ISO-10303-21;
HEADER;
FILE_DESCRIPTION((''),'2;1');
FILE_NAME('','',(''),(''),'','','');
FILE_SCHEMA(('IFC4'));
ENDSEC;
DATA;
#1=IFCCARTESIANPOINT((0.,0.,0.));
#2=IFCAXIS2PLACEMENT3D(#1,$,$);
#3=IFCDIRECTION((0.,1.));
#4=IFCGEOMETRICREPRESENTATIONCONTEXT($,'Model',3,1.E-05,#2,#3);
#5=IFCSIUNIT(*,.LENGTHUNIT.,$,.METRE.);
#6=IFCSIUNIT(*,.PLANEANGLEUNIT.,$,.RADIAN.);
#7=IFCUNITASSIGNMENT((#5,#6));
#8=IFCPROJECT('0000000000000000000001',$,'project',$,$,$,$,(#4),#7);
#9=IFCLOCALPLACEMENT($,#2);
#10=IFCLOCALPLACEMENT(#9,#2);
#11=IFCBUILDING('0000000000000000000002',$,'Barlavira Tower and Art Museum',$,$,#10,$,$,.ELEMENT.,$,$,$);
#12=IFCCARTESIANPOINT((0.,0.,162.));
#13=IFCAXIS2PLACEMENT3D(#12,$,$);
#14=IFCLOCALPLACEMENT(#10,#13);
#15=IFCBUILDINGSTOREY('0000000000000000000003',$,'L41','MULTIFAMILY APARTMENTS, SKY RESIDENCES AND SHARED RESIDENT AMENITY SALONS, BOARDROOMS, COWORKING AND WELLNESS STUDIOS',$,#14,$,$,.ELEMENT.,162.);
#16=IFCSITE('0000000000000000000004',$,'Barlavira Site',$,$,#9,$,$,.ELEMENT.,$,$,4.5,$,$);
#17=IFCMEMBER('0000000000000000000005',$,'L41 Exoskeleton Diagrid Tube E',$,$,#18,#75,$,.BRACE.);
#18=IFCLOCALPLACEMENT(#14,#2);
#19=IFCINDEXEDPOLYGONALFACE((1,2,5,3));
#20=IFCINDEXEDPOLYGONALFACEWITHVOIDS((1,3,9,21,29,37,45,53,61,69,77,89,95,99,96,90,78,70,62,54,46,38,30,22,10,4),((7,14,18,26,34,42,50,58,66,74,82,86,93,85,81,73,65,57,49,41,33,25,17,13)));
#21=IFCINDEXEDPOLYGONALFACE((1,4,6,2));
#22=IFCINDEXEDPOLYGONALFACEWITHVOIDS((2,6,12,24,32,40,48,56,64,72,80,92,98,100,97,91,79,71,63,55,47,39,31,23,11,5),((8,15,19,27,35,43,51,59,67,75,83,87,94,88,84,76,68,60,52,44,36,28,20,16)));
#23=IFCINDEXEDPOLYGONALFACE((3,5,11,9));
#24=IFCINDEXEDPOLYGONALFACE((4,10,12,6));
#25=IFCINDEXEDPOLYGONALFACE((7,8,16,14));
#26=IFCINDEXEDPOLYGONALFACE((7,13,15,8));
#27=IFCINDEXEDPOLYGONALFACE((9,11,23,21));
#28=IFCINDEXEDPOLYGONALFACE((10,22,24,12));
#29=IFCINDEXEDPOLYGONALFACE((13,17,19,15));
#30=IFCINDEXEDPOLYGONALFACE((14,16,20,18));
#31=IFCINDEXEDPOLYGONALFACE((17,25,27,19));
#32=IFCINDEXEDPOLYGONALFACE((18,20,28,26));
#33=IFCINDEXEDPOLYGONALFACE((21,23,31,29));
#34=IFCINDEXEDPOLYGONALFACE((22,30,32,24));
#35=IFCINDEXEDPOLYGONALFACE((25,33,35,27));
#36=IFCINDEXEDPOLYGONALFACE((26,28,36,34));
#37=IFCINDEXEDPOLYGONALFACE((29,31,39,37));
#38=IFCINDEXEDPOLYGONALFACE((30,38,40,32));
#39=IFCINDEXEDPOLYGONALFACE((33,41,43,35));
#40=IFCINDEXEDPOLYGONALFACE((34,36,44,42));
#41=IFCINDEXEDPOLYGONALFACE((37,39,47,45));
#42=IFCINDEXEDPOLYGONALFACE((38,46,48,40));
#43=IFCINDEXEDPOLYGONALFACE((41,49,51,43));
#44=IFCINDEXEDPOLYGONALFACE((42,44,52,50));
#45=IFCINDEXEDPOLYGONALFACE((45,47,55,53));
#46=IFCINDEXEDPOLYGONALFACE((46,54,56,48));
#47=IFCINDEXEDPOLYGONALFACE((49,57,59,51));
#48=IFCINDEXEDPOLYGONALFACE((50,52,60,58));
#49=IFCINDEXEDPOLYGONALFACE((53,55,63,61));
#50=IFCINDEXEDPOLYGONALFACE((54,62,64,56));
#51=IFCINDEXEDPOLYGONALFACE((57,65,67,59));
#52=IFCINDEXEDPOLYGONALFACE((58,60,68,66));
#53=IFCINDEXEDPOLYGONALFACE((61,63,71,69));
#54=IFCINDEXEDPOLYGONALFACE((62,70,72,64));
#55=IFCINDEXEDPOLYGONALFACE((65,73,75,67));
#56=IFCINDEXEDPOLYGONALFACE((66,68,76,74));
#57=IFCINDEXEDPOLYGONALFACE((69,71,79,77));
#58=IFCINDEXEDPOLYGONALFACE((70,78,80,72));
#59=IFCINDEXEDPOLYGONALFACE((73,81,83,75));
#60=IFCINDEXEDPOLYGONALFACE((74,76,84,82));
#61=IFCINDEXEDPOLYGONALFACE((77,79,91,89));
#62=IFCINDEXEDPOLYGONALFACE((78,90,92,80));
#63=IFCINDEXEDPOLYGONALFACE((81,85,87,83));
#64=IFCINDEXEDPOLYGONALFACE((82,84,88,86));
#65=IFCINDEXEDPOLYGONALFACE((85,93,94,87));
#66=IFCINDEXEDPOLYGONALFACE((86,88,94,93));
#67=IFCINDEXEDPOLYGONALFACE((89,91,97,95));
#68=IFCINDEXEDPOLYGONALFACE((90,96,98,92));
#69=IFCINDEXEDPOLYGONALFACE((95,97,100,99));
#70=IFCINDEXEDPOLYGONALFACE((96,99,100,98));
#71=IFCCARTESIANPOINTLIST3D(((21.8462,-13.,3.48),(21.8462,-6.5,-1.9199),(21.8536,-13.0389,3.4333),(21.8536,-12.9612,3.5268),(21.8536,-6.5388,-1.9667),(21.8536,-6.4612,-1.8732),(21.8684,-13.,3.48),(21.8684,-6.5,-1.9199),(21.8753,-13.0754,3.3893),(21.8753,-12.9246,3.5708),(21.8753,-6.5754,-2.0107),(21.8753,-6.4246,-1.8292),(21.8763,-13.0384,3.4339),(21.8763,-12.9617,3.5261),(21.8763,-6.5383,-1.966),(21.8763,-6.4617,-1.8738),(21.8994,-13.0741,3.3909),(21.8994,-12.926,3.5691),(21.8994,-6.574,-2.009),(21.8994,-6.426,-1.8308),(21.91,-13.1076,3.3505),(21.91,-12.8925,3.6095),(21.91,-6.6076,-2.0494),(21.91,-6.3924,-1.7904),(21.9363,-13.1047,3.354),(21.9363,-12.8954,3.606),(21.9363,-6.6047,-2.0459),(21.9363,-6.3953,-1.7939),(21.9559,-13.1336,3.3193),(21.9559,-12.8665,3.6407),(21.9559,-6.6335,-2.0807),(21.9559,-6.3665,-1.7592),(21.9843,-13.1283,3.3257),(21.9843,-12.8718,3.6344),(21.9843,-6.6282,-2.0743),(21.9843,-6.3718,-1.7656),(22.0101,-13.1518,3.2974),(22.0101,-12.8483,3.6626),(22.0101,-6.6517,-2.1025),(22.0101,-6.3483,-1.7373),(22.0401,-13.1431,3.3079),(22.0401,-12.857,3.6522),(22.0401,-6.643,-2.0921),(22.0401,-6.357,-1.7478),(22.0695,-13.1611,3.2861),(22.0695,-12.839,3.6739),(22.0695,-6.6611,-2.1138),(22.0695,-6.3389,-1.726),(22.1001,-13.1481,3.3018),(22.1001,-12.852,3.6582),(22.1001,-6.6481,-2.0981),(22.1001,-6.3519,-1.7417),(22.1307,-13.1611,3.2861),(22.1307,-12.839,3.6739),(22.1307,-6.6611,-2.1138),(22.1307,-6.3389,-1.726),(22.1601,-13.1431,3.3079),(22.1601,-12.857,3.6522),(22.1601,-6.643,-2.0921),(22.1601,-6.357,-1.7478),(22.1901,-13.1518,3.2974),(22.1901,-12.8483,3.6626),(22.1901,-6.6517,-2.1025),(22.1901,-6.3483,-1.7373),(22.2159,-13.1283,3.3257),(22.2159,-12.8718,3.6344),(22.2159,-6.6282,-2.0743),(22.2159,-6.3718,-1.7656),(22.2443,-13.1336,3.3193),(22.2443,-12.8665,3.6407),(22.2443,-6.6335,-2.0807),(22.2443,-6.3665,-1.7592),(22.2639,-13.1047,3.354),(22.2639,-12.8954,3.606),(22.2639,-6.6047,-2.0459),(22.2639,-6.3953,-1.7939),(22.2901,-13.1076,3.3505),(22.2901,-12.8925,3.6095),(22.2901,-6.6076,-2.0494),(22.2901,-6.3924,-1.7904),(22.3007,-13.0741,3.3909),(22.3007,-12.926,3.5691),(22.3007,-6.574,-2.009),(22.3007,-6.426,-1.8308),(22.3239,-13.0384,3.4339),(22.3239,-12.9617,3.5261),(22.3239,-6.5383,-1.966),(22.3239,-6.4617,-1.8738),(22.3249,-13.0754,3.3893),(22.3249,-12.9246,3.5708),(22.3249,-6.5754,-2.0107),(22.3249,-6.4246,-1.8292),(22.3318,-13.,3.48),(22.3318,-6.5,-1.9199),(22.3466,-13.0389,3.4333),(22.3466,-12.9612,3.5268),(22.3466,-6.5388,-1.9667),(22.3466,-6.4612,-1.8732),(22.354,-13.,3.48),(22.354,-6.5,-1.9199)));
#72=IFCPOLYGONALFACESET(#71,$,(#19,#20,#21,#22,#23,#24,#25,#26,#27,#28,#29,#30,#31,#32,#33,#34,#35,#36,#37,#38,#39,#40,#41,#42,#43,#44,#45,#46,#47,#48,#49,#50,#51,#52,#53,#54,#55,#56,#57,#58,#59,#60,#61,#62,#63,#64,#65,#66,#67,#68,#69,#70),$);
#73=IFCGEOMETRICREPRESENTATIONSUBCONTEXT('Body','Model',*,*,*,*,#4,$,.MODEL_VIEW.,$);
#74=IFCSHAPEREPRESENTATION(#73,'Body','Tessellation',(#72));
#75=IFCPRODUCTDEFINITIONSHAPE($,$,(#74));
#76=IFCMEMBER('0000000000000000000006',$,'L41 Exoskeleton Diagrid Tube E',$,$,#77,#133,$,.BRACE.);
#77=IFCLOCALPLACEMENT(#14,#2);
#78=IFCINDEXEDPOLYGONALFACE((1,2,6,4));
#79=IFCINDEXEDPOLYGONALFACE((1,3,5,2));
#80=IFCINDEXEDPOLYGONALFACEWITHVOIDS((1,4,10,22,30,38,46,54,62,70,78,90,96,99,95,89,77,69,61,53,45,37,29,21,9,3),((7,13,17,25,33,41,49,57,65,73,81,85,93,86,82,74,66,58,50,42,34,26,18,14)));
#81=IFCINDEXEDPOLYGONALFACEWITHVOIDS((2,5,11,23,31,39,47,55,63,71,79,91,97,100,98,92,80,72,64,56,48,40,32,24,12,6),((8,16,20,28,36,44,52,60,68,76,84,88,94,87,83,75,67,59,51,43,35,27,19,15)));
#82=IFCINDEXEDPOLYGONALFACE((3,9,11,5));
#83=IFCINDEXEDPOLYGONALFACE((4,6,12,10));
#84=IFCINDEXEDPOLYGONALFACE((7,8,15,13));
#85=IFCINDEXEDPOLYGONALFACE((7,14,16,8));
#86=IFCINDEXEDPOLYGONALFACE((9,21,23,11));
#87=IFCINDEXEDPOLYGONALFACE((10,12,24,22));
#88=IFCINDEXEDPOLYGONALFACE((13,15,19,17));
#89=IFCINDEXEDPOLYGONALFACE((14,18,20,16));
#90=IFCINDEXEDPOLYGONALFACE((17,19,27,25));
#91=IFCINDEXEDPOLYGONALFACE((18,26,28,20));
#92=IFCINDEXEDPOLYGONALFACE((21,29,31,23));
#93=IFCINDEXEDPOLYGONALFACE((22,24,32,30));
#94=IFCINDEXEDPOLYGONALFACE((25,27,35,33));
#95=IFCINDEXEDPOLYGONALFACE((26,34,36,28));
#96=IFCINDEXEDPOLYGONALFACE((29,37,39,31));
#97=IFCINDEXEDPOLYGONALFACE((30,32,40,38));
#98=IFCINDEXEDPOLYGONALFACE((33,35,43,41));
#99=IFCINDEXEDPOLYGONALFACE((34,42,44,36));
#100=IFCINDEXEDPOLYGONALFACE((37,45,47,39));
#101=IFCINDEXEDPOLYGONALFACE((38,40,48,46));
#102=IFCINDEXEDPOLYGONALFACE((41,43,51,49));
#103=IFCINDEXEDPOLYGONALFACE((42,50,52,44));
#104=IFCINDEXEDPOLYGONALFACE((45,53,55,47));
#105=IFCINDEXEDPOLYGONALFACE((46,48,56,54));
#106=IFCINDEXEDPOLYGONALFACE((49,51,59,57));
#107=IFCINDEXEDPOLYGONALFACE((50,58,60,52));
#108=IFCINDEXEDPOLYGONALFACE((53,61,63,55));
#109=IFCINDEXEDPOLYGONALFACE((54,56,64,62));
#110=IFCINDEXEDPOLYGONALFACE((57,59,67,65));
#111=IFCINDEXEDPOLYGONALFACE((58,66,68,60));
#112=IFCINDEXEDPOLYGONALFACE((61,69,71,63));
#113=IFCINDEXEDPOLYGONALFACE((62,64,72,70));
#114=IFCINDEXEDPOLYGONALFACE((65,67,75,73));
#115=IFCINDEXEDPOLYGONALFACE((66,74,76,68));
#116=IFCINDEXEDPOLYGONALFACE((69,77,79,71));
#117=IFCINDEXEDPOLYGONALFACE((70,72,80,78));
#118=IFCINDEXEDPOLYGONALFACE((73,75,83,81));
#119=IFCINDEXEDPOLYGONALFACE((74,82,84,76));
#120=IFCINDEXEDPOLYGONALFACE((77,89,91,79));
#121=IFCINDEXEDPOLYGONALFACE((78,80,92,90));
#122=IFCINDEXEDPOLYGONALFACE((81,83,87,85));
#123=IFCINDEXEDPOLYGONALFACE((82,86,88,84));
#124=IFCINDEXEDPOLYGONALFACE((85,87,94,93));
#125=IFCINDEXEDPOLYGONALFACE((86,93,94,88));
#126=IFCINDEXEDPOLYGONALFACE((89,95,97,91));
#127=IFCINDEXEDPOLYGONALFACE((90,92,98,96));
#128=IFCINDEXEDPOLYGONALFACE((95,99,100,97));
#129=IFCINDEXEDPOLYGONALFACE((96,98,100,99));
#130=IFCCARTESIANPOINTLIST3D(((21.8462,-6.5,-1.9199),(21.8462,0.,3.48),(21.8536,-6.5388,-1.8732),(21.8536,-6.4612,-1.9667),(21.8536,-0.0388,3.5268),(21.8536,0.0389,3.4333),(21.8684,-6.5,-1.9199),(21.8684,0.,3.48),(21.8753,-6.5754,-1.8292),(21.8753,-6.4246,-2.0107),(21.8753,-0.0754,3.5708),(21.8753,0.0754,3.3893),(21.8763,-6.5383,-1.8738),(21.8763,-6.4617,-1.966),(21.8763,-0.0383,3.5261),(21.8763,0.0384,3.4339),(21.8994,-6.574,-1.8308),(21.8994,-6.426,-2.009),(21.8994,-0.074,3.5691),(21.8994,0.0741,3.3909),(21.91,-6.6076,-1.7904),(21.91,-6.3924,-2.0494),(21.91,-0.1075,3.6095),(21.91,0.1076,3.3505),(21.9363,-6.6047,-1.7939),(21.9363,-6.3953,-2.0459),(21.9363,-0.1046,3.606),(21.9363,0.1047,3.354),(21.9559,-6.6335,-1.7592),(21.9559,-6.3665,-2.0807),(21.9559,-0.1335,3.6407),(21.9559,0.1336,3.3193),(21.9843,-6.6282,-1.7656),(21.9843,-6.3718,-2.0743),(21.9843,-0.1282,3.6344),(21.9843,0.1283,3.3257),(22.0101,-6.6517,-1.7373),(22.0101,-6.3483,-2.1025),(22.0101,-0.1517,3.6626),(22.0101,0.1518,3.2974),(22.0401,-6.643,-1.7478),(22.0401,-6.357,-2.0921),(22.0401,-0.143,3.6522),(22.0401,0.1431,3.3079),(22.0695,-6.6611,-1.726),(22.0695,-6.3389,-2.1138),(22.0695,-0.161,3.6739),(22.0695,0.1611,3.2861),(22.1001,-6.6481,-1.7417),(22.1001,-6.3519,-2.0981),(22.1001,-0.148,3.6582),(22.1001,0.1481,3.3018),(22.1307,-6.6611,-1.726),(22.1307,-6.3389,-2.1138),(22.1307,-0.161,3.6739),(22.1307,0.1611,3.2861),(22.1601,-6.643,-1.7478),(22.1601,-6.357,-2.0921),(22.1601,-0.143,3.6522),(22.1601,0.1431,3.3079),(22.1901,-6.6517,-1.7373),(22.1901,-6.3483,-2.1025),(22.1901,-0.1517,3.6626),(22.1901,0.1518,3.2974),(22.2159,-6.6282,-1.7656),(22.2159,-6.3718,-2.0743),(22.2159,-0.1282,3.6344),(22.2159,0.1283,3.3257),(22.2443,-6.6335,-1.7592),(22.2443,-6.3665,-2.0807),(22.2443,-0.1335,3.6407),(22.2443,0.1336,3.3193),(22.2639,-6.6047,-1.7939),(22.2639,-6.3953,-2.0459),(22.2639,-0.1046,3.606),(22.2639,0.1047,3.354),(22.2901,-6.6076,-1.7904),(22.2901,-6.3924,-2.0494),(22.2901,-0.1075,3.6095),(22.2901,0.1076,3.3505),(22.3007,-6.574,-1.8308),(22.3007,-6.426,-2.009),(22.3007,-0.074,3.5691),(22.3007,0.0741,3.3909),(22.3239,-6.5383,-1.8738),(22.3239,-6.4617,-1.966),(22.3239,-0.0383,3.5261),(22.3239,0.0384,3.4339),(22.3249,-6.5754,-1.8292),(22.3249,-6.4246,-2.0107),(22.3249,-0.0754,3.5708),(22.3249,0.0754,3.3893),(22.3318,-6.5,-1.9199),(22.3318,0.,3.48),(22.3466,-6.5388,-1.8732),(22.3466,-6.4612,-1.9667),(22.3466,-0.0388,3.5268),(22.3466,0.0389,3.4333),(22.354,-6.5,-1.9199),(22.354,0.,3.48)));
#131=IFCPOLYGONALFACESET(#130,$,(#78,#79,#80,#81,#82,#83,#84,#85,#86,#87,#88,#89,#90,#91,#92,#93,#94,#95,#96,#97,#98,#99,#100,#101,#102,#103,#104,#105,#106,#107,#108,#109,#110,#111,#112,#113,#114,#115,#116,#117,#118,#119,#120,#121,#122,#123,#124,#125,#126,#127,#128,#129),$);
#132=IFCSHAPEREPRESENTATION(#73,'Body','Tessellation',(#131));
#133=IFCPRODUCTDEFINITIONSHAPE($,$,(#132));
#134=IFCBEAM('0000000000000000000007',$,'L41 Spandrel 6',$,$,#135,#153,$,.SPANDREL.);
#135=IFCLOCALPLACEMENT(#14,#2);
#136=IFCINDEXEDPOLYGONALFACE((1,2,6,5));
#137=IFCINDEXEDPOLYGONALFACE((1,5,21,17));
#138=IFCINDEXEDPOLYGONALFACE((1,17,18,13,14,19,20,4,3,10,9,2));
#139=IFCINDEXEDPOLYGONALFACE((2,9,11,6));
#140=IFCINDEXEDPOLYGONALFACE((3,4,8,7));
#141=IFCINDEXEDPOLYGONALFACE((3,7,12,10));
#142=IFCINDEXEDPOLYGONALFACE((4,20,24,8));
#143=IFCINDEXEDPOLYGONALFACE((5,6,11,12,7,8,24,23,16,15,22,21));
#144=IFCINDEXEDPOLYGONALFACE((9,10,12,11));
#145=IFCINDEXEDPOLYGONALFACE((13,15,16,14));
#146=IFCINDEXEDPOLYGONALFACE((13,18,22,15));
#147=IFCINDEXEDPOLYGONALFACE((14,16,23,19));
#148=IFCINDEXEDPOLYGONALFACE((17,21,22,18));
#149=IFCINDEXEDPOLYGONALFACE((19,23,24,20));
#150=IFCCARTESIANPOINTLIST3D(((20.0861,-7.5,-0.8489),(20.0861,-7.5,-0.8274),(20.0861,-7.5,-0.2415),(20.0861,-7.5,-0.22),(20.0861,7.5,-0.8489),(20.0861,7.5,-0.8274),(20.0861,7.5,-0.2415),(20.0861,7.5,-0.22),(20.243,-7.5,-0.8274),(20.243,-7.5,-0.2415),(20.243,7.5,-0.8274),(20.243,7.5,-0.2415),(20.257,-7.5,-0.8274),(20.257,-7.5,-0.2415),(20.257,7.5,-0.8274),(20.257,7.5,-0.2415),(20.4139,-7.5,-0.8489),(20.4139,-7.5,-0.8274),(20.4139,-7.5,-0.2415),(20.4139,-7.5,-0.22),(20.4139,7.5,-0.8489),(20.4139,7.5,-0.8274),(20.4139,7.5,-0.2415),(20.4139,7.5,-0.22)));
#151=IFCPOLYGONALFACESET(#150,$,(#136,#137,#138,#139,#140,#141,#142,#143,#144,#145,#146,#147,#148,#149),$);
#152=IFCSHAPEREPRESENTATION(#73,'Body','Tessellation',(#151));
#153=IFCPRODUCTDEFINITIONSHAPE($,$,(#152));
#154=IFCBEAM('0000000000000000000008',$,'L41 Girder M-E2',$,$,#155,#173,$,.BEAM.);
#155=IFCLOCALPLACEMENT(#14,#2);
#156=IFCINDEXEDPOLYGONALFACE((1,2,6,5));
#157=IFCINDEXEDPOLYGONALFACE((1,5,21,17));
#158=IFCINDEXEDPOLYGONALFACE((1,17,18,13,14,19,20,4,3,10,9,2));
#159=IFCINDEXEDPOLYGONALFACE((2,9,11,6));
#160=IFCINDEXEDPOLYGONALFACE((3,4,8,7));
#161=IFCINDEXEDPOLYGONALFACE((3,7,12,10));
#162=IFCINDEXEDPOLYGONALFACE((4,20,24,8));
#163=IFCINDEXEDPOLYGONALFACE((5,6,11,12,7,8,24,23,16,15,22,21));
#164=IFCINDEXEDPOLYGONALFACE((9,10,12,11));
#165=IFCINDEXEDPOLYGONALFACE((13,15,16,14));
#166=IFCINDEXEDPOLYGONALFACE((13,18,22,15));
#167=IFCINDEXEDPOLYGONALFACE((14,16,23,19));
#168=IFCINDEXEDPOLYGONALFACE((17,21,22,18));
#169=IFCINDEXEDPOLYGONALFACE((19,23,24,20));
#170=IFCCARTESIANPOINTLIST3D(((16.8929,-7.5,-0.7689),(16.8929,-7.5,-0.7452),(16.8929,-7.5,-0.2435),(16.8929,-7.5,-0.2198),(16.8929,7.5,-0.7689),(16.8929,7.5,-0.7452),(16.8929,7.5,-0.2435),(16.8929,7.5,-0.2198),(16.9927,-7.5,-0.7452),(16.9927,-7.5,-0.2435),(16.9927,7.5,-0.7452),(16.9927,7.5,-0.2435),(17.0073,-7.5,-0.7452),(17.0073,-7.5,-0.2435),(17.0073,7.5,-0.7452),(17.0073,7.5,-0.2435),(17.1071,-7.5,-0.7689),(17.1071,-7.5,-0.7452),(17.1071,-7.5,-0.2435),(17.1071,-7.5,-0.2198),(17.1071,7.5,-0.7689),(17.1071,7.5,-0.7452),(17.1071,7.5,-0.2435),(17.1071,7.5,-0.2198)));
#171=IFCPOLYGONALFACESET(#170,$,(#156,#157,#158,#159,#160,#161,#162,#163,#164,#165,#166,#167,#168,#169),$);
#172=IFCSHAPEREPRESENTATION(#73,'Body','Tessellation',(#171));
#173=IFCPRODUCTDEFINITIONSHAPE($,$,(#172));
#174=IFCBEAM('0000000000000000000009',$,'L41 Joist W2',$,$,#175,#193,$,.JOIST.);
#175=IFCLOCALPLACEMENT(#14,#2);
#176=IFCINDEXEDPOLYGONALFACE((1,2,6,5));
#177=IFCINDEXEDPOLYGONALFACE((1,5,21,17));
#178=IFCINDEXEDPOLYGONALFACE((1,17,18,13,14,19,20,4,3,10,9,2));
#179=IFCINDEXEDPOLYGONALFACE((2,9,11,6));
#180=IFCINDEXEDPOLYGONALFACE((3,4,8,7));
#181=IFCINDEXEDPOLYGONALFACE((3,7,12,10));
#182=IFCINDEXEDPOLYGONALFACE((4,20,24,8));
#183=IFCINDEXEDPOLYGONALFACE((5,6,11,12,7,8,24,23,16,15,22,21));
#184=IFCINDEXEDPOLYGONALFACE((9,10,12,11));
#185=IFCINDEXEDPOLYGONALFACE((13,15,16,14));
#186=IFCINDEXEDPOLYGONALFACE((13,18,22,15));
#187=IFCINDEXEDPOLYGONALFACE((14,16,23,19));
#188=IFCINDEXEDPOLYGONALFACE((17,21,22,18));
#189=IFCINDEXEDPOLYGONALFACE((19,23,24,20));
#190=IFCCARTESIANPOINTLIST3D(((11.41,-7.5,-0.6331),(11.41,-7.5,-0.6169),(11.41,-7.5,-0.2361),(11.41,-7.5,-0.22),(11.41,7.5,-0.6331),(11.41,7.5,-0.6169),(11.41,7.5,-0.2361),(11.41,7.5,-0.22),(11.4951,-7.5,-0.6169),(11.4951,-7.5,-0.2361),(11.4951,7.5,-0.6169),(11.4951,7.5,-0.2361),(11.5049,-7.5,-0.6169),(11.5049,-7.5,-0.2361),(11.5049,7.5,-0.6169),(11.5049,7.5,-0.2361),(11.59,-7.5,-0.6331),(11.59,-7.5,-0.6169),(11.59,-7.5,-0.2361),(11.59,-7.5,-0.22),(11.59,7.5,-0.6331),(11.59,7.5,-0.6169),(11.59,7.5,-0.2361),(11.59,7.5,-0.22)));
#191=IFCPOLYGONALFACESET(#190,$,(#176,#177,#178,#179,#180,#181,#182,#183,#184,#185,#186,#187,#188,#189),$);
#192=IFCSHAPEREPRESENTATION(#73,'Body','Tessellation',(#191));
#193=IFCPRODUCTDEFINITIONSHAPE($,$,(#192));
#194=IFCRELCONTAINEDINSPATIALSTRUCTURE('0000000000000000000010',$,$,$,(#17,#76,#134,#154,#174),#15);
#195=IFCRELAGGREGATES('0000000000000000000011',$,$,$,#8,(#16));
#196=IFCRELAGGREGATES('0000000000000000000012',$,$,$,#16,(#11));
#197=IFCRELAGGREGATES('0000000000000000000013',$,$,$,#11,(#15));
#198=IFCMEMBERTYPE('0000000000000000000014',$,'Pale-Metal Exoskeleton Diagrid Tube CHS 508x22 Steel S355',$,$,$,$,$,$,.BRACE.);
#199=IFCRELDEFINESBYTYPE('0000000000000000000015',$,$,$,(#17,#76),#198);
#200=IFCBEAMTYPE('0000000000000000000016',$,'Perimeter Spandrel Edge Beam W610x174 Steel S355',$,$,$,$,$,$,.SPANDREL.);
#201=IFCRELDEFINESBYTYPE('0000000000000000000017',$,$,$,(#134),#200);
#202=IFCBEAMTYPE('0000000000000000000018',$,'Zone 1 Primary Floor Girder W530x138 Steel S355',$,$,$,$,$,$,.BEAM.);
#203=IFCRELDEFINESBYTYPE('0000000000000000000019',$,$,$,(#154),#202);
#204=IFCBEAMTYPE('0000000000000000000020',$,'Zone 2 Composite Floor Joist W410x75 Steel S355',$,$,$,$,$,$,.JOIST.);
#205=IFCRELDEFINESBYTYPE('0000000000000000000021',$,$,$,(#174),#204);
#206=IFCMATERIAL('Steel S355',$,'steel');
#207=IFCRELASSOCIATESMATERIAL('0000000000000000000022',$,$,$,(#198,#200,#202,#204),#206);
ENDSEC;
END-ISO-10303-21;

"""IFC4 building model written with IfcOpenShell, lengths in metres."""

from ifc_helpers import new_model, si_unit, direction, frame, origin, origin_2d, place, context, subcontext, project, spatial, hollow_circle, i_section, extrude, material, material_profile, profile_set, type_object, element, save


model = new_model("IFC4")

# Units and contexts
model_context = context("Model", 3, precision=1e-05, world=origin(), true_north=direction((0.0, 1.0)))
body_context = subcontext(model_context, "Body", "Model", "MODEL_VIEW")
ifc_project = project(units=[si_unit("LENGTHUNIT", "METRE"), si_unit("PLANEANGLEUNIT", "RADIAN")], contexts=[model_context])

# Site, building, storey
site_placement = place(None, origin())
site = spatial("IfcSite", under=ifc_project, at=site_placement, Name="Barlavira Site", CompositionType="ELEMENT", RefElevation=4.5)
building_placement = place(site_placement, origin())
building = spatial("IfcBuilding", under=site, at=building_placement, Name="Barlavira Tower and Art Museum", CompositionType="ELEMENT")
storey_placement = place(building_placement, frame((0.0, 0.0, 162.0)))
storey = spatial("IfcBuildingStorey", under=building, at=storey_placement, Name="L41", Description="MULTIFAMILY APARTMENTS, SKY RESIDENCES AND SHARED RESIDENT AMENITY SALONS, BOARDROOMS, COWORKING AND WELLNESS STUDIOS", CompositionType="ELEMENT", Elevation=162.0)

# Members
ifc_material_1 = material(Name="Steel S355", Category="steel")
ifc_material_profile_1 = material_profile(ifc_material_1, hollow_circle(Radius=0.2539, WallThickness=0.0222, at=origin_2d()), Name="CHS 508.0x22.2")
ifc_profile_set_1 = profile_set([ifc_material_profile_1], Name="Steel S355")
member_type_1 = type_object("IfcMemberType", Name="Pale-Metal Exoskeleton Diagrid Tube CHS 508x22 Steel S355", PredefinedType="BRACE", material=ifc_profile_set_1)
for number, where, z_axis, x_axis, name in (
    (1, (22.1001, -6.5, -1.9199), (0.0, -0.769196, 0.639013), (1.0, 0.0, 0.0), "L41 Exoskeleton Diagrid Tube E"),
    (2, (22.1001, -6.5, -1.9199), (0.0, 0.769196, 0.639013), (-1.0, 0.0, 0.0), "L41 Exoskeleton Diagrid Tube E"),
):
    element("IfcMember", number, at=place(storey_placement, frame(where, z_axis=z_axis, x_axis=x_axis)), inside=storey, type_object=member_type_1, Name=name, PredefinedType="BRACE", context=body_context, shape_type="SweptSolid", body=[
        extrude(hollow_circle(Radius=0.2539, WallThickness=0.0222, at=origin_2d()), origin(), (0.0, 0.0, 1.0), 8.4504),
    ])

# Beams
ifc_material_profile_2 = material_profile(ifc_material_1, i_section(OverallWidth=0.3279, OverallDepth=0.6289, WebThickness=0.0139, FlangeThickness=0.0215, at=origin_2d()), Name="W610x174.0")
ifc_profile_set_2 = profile_set([ifc_material_profile_2], Name="Steel S355")
beam_type_1 = type_object("IfcBeamType", Name="Perimeter Spandrel Edge Beam W610x174 Steel S355", PredefinedType="SPANDREL", material=ifc_profile_set_2)
beam_1_placement = place(storey_placement, frame((20.25, -7.5, -0.5344), z_axis=(0.0, 1.0, 0.0), x_axis=(-1.0, 0.0, 0.0)))
element("IfcBeam", 3, at=beam_1_placement, inside=storey, type_object=beam_type_1, Name="L41 Spandrel 6", PredefinedType="SPANDREL", context=body_context, shape_type="SweptSolid", body=[
    extrude(i_section(OverallWidth=0.3279, OverallDepth=0.6289, WebThickness=0.0139, FlangeThickness=0.0215, at=origin_2d()), origin(), (0.0, 0.0, 1.0), 15.0),
])
ifc_material_profile_3 = material_profile(ifc_material_1, i_section(OverallWidth=0.2141, OverallDepth=0.5491, WebThickness=0.0146, FlangeThickness=0.0237, at=origin_2d()), Name="W530x138.0")
ifc_profile_set_3 = profile_set([ifc_material_profile_3], Name="Steel S355")
beam_type_2 = type_object("IfcBeamType", Name="Zone 1 Primary Floor Girder W530x138 Steel S355", PredefinedType="BEAM", material=ifc_profile_set_3)
beam_2_placement = place(storey_placement, frame((17.0, -7.5, -0.4944), z_axis=(0.0, 1.0, 0.0), x_axis=(-1.0, 0.0, 0.0)))
element("IfcBeam", 4, at=beam_2_placement, inside=storey, type_object=beam_type_2, Name="L41 Girder M-E2", PredefinedType="BEAM", context=body_context, shape_type="SweptSolid", body=[
    extrude(i_section(OverallWidth=0.2141, OverallDepth=0.5491, WebThickness=0.0146, FlangeThickness=0.0237, at=origin_2d()), origin(), (0.0, 0.0, 1.0), 15.0),
])
ifc_material_profile_4 = material_profile(ifc_material_1, i_section(OverallWidth=0.1799, OverallDepth=0.4131, WebThickness=0.0098, FlangeThickness=0.0161, at=origin_2d()), Name="W410x75.0")
ifc_profile_set_4 = profile_set([ifc_material_profile_4], Name="Steel S355")
beam_type_3 = type_object("IfcBeamType", Name="Zone 2 Composite Floor Joist W410x75 Steel S355", PredefinedType="JOIST", material=ifc_profile_set_4)
beam_3_placement = place(storey_placement, frame((11.5, -7.5, -0.4265), z_axis=(0.0, 1.0, 0.0), x_axis=(-1.0, 0.0, 0.0)))
element("IfcBeam", 5, at=beam_3_placement, inside=storey, type_object=beam_type_3, Name="L41 Joist W2", PredefinedType="JOIST", context=body_context, shape_type="SweptSolid", body=[
    extrude(i_section(OverallWidth=0.1799, OverallDepth=0.4131, WebThickness=0.0098, FlangeThickness=0.0161, at=origin_2d()), origin(), (0.0, 0.0, 1.0), 15.0),
])

save(model, "model.ifc")
